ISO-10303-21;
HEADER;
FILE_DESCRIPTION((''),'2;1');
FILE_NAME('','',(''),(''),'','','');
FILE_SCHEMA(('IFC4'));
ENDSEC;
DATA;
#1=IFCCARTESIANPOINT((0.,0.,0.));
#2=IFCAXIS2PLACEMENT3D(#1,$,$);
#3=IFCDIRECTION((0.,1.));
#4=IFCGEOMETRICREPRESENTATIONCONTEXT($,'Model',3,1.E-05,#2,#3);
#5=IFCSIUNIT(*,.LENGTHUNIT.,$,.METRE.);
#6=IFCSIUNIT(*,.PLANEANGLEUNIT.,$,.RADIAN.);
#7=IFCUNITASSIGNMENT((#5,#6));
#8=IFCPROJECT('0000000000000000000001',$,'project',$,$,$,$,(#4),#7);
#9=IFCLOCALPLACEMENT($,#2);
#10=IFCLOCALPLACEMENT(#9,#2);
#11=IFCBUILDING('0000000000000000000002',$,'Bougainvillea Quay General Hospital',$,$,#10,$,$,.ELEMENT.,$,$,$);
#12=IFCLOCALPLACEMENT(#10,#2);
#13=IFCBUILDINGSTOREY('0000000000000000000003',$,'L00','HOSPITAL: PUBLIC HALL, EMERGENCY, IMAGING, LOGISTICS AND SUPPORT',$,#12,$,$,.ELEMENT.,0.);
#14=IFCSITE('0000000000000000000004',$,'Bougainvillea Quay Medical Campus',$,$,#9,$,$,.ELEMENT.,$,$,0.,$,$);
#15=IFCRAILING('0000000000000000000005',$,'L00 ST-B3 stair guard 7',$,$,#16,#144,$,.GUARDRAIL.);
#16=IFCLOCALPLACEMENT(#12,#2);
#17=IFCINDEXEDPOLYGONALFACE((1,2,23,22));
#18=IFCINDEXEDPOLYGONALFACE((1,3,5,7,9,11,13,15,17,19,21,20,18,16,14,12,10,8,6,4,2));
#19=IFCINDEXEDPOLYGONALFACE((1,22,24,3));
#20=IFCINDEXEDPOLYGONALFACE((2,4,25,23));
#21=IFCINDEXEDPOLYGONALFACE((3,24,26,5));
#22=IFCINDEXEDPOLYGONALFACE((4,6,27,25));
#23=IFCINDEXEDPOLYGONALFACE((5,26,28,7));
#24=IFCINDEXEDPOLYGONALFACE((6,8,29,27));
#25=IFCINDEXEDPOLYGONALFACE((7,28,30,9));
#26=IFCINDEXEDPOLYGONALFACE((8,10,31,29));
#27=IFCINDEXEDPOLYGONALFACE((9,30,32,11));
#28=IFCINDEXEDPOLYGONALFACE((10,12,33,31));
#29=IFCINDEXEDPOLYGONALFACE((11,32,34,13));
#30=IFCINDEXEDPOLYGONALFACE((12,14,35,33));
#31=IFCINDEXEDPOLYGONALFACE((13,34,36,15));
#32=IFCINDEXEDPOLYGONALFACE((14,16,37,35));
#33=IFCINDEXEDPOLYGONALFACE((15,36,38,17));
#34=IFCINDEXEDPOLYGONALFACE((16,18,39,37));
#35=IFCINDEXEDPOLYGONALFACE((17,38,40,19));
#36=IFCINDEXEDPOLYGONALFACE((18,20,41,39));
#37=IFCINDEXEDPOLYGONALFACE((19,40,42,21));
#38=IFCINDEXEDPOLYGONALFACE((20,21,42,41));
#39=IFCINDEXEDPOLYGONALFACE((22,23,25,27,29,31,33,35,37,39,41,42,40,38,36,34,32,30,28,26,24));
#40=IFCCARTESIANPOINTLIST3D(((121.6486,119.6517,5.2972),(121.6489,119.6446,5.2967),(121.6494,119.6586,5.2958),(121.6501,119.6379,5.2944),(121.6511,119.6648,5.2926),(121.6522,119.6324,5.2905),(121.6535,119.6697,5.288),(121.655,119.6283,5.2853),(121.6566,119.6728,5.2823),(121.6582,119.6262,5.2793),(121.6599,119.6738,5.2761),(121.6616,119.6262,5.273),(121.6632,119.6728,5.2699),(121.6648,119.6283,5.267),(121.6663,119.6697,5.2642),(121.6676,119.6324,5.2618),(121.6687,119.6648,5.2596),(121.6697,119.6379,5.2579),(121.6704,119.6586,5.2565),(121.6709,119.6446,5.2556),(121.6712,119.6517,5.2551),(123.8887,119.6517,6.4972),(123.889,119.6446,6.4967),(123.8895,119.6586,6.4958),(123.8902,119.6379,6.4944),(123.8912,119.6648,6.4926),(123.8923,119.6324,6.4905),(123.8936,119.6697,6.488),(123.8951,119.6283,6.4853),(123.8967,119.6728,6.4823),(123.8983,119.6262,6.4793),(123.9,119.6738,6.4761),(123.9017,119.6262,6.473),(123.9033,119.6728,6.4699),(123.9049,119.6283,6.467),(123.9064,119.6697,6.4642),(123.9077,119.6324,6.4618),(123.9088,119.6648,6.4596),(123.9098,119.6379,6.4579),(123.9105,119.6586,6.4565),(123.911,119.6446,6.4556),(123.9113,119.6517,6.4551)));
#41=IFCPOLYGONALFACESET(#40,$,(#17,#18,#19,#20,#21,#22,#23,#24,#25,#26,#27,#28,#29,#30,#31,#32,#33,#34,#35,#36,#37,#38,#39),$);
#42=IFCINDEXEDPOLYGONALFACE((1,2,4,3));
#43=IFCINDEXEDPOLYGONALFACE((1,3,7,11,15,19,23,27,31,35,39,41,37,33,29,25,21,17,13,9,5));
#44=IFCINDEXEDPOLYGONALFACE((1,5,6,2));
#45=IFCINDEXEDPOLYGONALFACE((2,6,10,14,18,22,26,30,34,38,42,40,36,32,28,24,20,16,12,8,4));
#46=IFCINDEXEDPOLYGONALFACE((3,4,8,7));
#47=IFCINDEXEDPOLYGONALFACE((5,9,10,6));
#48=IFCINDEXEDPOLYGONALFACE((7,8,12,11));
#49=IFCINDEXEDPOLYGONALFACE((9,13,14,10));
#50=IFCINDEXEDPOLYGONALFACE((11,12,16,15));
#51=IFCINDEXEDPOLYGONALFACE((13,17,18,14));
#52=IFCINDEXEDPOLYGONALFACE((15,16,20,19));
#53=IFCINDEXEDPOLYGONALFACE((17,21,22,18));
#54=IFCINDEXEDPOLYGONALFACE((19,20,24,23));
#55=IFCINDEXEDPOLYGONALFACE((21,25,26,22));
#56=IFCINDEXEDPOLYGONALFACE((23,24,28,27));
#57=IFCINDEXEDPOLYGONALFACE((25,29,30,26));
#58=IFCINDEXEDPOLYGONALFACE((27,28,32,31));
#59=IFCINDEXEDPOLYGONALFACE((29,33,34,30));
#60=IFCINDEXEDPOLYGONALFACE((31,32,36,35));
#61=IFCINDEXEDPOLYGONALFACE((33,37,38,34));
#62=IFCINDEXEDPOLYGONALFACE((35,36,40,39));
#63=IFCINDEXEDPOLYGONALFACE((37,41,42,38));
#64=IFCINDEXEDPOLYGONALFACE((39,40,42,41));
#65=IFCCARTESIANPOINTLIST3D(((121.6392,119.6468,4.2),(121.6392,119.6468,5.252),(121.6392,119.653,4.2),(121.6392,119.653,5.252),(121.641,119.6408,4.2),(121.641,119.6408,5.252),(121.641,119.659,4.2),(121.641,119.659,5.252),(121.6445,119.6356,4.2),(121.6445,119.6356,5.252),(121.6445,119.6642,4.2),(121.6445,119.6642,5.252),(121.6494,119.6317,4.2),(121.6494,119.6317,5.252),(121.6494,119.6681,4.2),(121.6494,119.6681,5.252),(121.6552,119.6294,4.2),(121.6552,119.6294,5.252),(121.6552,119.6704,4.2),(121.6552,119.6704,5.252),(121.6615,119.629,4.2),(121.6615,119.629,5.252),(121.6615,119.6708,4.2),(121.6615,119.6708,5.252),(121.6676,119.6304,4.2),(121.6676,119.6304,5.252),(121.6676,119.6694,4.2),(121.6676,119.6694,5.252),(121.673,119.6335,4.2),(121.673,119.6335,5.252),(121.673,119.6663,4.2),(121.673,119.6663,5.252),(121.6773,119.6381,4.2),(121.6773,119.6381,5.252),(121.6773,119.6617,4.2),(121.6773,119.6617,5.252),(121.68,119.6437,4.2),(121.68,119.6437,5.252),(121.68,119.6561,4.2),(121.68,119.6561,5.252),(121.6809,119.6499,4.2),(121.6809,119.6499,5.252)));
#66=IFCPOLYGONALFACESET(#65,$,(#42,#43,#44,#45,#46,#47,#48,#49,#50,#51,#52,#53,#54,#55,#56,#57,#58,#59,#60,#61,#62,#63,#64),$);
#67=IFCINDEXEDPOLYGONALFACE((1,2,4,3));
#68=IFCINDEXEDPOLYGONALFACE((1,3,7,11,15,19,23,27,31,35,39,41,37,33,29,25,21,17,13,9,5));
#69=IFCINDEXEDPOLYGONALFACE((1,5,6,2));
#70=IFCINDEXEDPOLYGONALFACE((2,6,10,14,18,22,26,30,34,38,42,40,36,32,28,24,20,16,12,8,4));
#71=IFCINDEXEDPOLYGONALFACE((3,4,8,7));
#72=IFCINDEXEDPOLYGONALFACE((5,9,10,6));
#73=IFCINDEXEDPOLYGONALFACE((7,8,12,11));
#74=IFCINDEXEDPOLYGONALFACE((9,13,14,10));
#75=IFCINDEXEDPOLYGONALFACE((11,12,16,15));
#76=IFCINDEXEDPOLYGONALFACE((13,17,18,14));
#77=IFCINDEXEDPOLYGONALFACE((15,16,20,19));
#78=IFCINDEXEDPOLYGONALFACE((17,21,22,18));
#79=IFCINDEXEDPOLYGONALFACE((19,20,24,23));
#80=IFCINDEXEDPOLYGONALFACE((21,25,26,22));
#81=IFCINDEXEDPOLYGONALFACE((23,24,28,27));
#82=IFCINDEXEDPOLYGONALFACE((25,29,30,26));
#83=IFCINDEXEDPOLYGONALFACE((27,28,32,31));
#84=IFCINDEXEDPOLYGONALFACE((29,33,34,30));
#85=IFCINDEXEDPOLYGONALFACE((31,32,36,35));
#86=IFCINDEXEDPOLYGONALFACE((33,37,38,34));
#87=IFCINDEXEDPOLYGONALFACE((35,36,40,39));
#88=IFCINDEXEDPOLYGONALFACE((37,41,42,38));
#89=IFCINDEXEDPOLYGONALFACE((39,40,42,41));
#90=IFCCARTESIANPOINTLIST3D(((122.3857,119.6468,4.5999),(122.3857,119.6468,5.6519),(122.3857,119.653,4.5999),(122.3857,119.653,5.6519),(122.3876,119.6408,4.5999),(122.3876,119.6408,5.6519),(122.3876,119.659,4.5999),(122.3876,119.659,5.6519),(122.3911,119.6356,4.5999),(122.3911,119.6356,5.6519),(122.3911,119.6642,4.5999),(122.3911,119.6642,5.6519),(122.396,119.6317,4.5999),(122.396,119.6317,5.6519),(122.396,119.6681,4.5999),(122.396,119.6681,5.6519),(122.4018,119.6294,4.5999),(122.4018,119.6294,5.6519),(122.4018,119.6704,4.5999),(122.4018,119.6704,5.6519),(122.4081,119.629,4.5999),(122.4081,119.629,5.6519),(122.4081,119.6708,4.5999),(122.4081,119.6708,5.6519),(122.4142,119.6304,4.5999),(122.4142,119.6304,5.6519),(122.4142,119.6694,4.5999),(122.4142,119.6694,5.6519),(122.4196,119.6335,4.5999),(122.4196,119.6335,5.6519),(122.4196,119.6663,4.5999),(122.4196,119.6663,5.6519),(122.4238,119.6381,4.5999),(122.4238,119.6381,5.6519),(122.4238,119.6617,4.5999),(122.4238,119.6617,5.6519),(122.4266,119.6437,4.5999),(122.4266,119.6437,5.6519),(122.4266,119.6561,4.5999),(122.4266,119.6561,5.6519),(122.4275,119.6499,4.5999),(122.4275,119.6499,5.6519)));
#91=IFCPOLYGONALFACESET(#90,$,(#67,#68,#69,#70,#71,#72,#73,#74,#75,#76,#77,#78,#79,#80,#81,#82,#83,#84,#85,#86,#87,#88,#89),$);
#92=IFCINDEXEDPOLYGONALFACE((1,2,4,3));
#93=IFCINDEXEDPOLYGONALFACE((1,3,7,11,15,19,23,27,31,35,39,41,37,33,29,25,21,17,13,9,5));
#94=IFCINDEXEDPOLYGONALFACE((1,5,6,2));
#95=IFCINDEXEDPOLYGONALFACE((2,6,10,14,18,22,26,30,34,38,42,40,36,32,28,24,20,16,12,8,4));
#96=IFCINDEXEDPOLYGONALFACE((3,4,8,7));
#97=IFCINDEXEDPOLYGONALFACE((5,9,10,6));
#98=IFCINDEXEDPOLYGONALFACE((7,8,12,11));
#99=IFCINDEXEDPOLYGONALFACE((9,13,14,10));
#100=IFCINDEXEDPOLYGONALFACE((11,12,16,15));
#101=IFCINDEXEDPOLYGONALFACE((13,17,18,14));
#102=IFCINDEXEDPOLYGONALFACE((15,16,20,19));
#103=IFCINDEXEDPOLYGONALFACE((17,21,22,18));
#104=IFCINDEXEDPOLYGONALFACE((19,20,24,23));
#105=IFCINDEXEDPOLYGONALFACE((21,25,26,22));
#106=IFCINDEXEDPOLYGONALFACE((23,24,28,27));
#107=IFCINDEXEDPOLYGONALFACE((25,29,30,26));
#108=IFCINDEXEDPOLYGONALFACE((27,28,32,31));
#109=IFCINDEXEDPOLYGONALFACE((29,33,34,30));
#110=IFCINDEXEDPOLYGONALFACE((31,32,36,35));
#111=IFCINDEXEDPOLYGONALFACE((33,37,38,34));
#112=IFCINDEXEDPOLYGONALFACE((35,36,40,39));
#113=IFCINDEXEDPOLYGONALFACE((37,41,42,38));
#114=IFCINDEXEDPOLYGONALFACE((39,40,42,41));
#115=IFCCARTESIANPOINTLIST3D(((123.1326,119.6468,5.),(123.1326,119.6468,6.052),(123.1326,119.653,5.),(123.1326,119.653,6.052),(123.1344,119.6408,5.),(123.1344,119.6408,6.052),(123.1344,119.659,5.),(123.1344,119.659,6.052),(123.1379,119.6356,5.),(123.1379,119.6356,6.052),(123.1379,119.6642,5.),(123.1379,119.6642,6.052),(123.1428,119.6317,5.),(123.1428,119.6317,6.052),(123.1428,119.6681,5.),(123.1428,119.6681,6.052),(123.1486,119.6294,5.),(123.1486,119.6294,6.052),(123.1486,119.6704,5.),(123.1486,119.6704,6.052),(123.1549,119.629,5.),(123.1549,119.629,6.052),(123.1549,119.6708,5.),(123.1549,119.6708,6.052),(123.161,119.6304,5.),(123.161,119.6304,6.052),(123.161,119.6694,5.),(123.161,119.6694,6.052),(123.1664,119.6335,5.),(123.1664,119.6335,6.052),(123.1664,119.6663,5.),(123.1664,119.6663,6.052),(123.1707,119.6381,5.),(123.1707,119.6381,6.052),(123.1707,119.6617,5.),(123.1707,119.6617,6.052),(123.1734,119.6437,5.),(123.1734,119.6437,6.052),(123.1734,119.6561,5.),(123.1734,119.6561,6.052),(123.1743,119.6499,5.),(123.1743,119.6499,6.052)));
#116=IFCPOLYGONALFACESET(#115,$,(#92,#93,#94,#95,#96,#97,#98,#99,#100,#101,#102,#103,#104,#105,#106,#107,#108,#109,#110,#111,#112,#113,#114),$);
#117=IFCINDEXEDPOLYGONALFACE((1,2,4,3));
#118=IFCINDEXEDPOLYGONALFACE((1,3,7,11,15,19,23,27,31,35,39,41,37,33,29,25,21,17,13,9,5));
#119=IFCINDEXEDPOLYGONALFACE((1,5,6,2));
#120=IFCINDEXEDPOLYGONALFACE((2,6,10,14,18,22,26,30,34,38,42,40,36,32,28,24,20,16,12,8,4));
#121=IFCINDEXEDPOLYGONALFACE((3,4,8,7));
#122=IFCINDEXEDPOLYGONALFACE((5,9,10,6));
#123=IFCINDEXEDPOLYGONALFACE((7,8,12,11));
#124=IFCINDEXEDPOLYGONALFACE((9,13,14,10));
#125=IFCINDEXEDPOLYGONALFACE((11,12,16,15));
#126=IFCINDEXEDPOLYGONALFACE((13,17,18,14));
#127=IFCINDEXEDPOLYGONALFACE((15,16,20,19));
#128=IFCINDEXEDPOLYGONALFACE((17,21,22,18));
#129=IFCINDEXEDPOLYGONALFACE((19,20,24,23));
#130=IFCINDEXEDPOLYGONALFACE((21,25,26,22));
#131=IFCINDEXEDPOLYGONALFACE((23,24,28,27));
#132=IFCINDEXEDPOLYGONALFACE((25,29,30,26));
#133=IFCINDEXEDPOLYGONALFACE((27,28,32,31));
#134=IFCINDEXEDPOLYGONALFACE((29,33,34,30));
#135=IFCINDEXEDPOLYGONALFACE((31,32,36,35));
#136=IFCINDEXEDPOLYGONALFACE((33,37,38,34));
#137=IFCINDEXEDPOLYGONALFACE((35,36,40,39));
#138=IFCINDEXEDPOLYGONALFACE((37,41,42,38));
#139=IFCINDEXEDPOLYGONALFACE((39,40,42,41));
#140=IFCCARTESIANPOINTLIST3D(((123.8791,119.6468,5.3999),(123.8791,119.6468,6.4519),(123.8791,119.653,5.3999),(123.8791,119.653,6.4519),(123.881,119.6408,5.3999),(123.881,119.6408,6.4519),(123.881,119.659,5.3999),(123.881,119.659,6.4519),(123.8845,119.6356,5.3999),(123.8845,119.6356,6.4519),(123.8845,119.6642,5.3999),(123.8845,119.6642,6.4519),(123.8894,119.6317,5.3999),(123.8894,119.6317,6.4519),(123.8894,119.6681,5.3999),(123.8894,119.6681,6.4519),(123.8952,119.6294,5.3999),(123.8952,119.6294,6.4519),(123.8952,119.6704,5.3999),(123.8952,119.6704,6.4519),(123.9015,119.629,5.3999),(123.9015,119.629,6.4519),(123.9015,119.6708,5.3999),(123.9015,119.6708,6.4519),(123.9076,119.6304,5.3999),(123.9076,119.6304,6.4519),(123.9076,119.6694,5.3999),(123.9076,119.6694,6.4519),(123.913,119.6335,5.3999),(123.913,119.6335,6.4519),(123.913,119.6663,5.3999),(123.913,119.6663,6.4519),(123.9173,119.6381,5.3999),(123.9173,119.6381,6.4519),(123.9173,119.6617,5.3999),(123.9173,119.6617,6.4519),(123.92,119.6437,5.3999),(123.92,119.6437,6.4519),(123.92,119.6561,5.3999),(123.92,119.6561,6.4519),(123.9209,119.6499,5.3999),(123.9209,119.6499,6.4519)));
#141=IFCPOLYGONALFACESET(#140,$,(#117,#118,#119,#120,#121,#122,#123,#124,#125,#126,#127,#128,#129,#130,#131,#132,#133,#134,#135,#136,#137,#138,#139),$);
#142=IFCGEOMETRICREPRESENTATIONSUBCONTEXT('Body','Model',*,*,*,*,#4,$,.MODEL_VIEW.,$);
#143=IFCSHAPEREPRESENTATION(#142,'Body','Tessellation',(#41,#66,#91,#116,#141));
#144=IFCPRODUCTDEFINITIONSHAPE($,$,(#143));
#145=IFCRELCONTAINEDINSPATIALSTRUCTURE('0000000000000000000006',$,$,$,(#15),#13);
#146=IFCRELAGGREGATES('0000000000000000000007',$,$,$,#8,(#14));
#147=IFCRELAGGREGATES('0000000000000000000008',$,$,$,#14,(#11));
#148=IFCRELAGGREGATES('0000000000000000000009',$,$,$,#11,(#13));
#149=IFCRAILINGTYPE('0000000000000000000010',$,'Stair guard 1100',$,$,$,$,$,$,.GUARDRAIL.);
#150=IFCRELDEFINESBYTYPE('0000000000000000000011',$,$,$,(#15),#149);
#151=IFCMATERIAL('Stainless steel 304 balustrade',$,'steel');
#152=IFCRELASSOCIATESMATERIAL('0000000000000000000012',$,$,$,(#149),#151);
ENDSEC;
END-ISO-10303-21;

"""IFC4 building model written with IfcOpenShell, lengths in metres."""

from ifc_helpers import new_model, si_unit, direction, frame, origin, origin_2d, place, context, subcontext, project, spatial, circle, extrude, material, type_object, element, save


model = new_model("IFC4")

# Units and contexts
model_context = context("Model", 3, precision=1e-05, world=origin(), true_north=direction((0.0, 1.0)))
body_context = subcontext(model_context, "Body", "Model", "MODEL_VIEW")
ifc_project = project(units=[si_unit("LENGTHUNIT", "METRE"), si_unit("PLANEANGLEUNIT", "RADIAN")], contexts=[model_context])

# Site, building, storey
site_placement = place(None, origin())
site = spatial("IfcSite", under=ifc_project, at=site_placement, Name="Bougainvillea Quay Medical Campus", CompositionType="ELEMENT", RefElevation=0.0)
building_placement = place(site_placement, origin())
building = spatial("IfcBuilding", under=site, at=building_placement, Name="Bougainvillea Quay General Hospital", CompositionType="ELEMENT")
storey_placement = place(building_placement, origin())
storey = spatial("IfcBuildingStorey", under=building, at=storey_placement, Name="L00", Description="HOSPITAL: PUBLIC HALL, EMERGENCY, IMAGING, LOGISTICS AND SUPPORT", CompositionType="ELEMENT", Elevation=0.0)

# Railing
ifc_material_1 = material(Name="Stainless steel 304 balustrade", Category="steel")
railing_type_1 = type_object("IfcRailingType", Name="Stair guard 1100", PredefinedType="GUARDRAIL", material=ifc_material_1)
railing_1_placement = place(storey_placement, frame((121.6599, 119.6499, 4.2)))
element("IfcRailing", 1, at=railing_1_placement, inside=storey, type_object=railing_type_1, Name="L00 ST-B3 stair guard 7", PredefinedType="GUARDRAIL", context=body_context, shape_type="SweptSolid", body=[
    extrude(circle(Radius=0.0239, at=origin_2d()), frame((0.0, 0.0, 1.0762), z_axis=(0.881487, 0.0, 0.472208), x_axis=(0.0, 1.0, 0.0)), (0.0, 0.0, 1.0), 2.5413),
    extrude(circle(Radius=0.021, at=origin_2d()), origin(), (0.0, 0.0, 1.0), 1.052),
    extrude(circle(Radius=0.021, at=origin_2d()), frame((0.7466, 0.0, 0.3999)), (0.0, 0.0, 1.0), 1.052),
    extrude(circle(Radius=0.021, at=origin_2d()), frame((1.4934, 0.0, 0.8)), (0.0, 0.0, 1.0), 1.052),
    extrude(circle(Radius=0.021, at=origin_2d()), frame((2.24, 0.0, 1.2)), (0.0, 0.0, 1.0), 1.052),
])

save(model, "model.ifc")
